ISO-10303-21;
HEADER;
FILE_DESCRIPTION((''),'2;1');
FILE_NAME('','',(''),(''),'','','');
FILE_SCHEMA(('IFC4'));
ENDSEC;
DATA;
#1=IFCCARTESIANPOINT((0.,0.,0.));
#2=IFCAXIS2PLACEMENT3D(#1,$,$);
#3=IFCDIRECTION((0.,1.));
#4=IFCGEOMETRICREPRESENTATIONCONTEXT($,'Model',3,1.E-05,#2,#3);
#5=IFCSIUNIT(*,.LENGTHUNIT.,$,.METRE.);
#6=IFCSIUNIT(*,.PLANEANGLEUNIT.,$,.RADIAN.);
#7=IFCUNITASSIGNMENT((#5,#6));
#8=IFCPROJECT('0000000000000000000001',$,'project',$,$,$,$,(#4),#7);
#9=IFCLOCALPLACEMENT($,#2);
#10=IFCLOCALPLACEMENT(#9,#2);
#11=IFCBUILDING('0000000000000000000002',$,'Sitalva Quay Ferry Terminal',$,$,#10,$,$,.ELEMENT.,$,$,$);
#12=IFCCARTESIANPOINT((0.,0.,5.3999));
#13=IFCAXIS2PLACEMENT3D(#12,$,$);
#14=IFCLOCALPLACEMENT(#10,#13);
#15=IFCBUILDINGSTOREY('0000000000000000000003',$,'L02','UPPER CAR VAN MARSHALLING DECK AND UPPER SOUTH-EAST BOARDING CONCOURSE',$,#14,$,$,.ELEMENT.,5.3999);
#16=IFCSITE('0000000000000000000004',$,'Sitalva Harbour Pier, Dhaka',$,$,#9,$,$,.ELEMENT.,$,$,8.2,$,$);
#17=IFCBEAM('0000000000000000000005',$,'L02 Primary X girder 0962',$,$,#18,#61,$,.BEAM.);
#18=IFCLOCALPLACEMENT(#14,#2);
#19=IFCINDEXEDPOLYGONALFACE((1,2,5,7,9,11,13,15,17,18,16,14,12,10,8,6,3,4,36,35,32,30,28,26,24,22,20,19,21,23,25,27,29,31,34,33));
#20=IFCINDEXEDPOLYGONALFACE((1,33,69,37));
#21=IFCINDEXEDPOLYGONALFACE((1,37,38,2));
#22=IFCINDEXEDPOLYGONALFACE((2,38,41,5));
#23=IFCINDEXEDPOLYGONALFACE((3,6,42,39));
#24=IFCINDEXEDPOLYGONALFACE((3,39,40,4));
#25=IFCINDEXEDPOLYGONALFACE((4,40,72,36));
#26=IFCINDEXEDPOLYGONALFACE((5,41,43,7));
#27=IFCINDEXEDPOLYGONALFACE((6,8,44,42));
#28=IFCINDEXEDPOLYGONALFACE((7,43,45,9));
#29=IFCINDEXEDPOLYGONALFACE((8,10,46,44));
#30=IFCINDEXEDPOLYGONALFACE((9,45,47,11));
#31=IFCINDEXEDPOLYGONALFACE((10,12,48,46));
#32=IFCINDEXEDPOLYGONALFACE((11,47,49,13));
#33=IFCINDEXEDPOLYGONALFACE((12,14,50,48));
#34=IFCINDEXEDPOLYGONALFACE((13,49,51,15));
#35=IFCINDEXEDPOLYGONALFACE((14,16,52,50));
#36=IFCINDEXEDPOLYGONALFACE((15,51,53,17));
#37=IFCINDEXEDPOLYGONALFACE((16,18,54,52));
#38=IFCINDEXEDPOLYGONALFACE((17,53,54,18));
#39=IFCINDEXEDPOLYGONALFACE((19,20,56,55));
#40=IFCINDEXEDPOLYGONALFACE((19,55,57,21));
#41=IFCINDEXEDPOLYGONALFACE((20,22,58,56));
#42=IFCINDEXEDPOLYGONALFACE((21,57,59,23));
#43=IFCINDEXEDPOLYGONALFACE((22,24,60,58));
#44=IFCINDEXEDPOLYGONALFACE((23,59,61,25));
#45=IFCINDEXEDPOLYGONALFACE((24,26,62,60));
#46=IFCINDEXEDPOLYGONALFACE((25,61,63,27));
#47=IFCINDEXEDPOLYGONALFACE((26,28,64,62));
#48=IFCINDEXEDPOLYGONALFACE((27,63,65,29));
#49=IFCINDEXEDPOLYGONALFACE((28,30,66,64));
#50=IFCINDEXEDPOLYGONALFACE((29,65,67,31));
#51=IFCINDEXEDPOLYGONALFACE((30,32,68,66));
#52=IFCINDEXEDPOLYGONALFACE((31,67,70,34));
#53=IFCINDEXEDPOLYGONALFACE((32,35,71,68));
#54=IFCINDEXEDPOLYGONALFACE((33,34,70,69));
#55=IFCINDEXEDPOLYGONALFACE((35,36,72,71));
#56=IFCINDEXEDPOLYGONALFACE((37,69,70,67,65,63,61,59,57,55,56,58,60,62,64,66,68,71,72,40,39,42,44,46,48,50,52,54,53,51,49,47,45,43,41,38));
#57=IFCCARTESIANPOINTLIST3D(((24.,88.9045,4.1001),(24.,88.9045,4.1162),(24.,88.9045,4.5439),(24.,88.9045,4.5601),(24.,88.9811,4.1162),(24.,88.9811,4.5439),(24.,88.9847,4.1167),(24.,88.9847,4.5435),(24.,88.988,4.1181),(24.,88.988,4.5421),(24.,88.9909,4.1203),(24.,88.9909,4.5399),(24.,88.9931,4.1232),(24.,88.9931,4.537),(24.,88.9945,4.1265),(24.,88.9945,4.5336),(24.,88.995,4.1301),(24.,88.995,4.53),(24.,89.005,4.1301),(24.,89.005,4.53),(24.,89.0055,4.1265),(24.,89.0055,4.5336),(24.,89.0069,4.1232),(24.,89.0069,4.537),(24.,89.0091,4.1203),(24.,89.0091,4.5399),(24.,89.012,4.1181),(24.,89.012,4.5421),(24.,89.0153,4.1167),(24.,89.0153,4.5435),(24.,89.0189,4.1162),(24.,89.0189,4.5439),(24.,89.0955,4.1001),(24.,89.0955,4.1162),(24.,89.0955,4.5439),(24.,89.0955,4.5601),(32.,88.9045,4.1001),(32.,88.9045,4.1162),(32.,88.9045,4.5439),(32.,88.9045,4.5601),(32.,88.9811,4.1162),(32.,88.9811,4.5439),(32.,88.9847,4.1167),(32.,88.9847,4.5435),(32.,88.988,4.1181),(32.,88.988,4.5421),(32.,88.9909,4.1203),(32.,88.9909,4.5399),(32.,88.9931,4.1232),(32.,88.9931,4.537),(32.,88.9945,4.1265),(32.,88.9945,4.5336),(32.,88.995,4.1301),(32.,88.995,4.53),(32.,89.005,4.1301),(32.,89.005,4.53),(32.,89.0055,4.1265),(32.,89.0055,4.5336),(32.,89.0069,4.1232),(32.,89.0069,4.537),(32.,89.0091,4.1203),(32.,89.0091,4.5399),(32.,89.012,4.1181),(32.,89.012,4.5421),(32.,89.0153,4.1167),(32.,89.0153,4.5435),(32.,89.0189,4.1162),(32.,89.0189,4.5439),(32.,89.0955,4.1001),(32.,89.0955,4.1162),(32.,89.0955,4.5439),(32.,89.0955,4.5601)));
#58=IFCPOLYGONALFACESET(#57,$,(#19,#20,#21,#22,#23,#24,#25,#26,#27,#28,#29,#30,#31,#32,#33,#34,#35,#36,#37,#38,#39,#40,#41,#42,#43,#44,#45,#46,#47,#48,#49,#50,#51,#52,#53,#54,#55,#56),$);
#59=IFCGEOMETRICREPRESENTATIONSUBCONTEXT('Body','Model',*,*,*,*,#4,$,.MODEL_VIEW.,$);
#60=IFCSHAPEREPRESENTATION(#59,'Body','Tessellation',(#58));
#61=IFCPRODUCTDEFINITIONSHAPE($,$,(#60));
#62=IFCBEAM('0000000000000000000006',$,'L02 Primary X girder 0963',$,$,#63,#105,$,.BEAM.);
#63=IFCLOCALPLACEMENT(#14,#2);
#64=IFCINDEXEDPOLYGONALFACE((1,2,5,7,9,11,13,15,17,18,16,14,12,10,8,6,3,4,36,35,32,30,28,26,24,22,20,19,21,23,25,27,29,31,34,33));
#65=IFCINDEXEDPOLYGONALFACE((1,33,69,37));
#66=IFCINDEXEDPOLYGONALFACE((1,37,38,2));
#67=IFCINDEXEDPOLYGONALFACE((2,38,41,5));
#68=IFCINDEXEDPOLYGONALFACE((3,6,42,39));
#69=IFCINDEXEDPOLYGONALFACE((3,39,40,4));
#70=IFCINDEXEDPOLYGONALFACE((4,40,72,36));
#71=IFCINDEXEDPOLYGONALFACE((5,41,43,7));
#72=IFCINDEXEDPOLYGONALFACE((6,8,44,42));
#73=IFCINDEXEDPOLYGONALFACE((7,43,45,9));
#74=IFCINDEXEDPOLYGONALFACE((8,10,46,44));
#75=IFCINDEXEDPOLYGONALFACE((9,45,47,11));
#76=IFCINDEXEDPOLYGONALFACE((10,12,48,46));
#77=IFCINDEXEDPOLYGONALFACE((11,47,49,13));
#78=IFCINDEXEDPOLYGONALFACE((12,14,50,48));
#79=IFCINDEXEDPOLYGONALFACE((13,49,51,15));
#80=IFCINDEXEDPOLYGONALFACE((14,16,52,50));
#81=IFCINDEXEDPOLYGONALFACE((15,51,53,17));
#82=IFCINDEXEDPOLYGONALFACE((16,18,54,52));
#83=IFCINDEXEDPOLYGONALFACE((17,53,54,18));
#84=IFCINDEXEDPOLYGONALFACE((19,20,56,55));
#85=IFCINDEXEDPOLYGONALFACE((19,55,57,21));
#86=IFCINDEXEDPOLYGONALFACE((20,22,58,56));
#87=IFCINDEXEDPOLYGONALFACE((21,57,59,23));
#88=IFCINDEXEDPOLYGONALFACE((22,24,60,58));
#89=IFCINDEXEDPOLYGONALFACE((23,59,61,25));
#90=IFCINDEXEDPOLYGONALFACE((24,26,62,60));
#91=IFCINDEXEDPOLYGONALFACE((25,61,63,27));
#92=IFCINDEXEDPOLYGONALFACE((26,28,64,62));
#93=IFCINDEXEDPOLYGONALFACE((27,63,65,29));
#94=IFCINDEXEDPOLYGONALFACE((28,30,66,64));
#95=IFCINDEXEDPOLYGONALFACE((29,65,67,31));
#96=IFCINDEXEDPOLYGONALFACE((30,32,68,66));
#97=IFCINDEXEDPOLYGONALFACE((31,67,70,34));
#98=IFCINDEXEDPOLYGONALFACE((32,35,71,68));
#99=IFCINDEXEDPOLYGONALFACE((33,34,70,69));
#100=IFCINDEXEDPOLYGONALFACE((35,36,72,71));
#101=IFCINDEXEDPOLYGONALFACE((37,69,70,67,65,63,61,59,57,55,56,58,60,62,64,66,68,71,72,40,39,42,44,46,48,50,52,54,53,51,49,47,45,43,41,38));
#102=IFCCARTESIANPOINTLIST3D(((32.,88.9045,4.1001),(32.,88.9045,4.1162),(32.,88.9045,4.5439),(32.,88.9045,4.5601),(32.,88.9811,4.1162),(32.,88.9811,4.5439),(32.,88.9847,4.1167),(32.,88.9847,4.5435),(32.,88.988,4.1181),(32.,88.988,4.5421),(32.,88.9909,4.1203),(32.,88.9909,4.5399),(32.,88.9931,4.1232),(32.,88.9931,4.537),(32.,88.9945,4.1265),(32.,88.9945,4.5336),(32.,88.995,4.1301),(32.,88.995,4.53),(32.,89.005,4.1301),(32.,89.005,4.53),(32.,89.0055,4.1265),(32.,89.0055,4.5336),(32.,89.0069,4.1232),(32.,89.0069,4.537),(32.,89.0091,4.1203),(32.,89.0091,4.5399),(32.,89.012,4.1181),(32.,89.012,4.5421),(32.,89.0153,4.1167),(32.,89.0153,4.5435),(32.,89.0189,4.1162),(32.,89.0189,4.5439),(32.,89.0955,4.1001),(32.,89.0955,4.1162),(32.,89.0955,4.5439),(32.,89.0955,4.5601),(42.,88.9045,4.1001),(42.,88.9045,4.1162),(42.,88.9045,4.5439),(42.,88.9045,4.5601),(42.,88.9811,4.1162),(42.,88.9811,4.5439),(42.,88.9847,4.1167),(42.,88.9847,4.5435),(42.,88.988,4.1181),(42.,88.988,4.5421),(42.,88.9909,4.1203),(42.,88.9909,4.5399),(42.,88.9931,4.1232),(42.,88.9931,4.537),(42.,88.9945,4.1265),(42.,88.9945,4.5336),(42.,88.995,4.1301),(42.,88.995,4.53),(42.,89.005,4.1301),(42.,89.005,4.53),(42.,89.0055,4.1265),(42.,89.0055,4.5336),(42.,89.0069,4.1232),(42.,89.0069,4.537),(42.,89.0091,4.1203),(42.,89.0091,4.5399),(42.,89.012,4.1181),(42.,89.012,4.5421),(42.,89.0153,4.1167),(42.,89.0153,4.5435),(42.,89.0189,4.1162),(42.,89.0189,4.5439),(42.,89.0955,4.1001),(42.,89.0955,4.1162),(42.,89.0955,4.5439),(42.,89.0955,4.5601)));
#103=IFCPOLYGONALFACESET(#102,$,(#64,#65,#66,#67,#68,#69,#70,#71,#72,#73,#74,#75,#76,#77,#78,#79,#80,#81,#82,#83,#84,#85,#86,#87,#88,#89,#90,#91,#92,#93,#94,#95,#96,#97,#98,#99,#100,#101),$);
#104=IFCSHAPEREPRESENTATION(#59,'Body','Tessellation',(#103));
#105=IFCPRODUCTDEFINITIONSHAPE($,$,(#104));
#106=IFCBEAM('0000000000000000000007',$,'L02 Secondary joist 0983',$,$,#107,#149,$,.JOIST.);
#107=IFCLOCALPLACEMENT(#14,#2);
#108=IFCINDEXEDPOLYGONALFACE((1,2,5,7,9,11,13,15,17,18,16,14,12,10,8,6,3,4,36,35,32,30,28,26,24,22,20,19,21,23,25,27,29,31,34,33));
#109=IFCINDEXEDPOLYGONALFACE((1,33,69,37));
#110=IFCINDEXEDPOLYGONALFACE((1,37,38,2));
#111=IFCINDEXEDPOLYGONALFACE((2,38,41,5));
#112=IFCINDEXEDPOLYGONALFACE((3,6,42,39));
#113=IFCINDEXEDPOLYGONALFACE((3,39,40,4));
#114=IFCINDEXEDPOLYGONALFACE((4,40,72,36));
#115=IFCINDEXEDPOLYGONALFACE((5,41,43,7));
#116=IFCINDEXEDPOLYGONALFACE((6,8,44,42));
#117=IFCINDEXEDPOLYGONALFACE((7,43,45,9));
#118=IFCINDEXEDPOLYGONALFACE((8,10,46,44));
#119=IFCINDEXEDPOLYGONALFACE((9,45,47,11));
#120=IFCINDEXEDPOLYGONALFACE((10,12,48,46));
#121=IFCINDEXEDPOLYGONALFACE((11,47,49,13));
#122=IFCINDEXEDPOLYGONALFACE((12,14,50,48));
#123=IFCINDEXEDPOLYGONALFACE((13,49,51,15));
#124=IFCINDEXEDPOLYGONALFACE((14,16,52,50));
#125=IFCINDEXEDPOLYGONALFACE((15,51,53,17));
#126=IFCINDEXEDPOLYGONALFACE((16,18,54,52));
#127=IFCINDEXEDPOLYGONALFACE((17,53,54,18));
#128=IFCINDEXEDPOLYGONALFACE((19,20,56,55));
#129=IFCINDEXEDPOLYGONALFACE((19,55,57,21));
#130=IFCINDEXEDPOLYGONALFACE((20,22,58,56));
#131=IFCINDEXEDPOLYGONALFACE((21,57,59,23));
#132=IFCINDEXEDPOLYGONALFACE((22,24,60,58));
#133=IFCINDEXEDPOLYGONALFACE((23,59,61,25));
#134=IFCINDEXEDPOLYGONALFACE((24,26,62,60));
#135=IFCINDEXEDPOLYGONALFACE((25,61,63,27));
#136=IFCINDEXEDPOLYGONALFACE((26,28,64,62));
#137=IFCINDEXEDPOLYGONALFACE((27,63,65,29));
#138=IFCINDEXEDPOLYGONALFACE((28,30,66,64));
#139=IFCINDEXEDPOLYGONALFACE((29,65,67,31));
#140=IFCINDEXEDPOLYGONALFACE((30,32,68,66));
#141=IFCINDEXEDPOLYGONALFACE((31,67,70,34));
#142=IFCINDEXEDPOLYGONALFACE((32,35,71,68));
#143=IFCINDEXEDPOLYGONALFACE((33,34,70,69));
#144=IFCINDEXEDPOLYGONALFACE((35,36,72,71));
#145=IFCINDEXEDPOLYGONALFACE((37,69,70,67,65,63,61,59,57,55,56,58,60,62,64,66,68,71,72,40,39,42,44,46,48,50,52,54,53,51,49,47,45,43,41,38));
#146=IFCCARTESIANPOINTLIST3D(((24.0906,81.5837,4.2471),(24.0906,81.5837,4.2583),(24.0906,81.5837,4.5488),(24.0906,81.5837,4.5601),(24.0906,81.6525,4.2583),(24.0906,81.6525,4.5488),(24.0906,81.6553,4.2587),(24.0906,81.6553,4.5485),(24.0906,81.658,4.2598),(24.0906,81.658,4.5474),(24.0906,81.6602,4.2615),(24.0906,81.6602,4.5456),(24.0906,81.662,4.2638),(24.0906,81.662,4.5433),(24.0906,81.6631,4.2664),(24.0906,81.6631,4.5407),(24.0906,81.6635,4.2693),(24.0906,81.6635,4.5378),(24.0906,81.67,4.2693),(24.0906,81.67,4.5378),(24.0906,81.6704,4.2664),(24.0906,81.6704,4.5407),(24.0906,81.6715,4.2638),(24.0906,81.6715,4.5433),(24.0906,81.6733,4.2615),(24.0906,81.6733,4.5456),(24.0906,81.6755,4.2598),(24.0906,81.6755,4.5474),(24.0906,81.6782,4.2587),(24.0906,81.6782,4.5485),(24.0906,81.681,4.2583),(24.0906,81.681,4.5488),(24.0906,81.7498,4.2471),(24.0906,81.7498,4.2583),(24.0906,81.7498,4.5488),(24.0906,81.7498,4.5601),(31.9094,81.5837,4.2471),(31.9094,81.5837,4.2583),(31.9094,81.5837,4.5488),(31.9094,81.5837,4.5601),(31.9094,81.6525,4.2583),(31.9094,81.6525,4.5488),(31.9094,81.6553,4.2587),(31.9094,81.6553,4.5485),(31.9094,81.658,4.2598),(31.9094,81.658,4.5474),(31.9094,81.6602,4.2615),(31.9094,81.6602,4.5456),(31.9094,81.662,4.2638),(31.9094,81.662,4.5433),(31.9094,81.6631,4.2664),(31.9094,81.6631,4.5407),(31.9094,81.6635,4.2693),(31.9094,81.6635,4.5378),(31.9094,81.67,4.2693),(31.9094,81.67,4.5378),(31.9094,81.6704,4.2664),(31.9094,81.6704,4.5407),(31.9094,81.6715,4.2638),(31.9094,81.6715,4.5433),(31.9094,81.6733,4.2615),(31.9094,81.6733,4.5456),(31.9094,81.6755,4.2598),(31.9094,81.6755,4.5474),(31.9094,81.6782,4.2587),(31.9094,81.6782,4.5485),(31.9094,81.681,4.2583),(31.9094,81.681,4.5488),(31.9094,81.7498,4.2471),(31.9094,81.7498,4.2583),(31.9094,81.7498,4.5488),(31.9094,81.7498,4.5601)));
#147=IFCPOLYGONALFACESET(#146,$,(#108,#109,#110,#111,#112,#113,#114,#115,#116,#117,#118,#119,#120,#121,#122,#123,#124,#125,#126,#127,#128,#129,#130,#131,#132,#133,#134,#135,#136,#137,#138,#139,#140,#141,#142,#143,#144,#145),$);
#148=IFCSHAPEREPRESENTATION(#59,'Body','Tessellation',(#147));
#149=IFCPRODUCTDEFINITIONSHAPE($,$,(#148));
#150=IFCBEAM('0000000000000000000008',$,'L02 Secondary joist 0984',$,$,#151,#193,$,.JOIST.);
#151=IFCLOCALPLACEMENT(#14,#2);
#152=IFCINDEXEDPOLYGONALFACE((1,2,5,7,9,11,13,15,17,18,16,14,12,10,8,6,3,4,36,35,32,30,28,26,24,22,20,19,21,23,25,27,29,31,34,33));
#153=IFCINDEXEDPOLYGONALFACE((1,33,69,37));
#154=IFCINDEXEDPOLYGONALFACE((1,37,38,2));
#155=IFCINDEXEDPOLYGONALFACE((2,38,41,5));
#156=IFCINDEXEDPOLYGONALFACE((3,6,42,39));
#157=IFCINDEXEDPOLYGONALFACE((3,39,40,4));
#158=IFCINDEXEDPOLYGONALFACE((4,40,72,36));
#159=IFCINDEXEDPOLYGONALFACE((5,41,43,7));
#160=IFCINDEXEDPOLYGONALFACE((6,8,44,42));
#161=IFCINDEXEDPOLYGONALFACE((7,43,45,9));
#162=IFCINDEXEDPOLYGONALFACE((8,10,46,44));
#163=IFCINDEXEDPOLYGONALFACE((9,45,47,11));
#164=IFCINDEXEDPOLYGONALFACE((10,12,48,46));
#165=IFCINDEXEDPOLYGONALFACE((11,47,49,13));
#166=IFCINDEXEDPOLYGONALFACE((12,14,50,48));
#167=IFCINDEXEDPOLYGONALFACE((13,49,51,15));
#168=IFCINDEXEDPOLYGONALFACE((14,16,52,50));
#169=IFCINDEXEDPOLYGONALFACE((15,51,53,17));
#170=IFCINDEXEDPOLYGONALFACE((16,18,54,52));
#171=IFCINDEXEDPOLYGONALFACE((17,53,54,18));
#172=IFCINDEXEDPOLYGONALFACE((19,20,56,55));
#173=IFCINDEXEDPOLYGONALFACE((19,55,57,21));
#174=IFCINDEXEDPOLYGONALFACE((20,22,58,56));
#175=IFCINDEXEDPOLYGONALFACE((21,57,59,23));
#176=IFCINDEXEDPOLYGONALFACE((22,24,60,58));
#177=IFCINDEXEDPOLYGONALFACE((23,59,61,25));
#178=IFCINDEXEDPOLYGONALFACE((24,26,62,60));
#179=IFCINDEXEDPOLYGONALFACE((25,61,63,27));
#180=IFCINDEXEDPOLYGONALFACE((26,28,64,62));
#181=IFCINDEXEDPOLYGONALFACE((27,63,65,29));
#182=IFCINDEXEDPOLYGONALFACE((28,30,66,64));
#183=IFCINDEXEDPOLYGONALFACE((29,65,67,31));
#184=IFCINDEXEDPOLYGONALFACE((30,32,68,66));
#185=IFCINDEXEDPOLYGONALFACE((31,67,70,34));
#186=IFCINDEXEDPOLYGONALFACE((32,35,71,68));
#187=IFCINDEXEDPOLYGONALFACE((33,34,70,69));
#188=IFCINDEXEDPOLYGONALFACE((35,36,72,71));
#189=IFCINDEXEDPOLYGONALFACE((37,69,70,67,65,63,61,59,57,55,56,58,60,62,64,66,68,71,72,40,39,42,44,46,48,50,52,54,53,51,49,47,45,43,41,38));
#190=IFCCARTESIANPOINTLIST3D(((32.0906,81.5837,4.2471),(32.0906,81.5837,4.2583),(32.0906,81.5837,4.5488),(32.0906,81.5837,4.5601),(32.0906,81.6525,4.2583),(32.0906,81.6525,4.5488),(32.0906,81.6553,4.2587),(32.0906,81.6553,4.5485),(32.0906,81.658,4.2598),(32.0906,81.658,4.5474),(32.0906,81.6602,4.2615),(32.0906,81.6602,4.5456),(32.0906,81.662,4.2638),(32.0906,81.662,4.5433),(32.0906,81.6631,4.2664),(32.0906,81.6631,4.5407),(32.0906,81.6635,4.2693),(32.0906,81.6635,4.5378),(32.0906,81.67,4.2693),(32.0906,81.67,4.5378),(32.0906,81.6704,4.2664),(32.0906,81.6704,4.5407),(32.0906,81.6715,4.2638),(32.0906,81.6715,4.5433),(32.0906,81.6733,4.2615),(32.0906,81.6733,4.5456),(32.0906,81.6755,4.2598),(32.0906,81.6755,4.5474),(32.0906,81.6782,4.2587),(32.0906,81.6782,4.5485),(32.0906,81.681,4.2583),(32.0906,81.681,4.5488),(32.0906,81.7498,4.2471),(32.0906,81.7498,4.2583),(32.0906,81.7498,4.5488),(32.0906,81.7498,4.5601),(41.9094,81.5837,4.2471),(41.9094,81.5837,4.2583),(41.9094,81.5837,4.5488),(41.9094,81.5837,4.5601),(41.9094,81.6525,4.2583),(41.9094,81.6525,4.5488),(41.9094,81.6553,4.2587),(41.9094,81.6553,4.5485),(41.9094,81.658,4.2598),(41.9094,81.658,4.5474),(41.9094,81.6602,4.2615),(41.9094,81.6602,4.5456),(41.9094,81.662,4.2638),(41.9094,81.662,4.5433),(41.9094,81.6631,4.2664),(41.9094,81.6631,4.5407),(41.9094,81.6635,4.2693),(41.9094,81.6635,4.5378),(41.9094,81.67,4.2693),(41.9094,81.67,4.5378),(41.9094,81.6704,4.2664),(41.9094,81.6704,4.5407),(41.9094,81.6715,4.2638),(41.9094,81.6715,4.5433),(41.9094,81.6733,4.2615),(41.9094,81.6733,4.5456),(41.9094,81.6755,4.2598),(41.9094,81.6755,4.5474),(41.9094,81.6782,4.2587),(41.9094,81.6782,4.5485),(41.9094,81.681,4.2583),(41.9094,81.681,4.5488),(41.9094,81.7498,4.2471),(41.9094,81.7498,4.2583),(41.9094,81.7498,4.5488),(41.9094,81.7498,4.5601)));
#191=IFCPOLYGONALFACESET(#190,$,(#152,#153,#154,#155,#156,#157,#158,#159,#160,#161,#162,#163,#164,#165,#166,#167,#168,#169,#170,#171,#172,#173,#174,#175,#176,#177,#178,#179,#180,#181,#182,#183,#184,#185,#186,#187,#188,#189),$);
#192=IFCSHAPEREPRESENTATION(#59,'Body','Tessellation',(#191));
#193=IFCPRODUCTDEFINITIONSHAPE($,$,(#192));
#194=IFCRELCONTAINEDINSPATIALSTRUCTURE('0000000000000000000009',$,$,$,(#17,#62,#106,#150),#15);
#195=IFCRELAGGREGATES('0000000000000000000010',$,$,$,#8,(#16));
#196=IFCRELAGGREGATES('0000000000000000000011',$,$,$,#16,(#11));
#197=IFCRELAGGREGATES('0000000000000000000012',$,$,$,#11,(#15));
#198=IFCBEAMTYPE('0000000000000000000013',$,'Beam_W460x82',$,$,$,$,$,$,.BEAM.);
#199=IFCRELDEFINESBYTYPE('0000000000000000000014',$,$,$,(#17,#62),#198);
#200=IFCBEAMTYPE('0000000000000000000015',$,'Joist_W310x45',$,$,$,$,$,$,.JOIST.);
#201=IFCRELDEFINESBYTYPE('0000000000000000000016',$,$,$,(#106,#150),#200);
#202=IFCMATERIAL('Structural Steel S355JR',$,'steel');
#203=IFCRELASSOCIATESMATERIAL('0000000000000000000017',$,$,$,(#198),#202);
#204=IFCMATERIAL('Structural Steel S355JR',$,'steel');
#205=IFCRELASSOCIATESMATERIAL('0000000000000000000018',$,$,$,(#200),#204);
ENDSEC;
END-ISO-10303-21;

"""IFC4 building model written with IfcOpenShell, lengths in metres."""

from ifc_helpers import new_model, si_unit, direction, frame, origin, origin_2d, place, context, subcontext, project, spatial, i_section, extrude, material, material_profile, profile_set, type_object, element, save


model = new_model("IFC4")

# Units and contexts
model_context = context("Model", 3, precision=1e-05, world=origin(), true_north=direction((0.0, 1.0)))
body_context = subcontext(model_context, "Body", "Model", "MODEL_VIEW")
ifc_project = project(units=[si_unit("LENGTHUNIT", "METRE"), si_unit("PLANEANGLEUNIT", "RADIAN")], contexts=[model_context])

# Site, building, storey
site_placement = place(None, origin())
site = spatial("IfcSite", under=ifc_project, at=site_placement, Name="Sitalva Harbour Pier, Dhaka", CompositionType="ELEMENT", RefElevation=8.2)
building_placement = place(site_placement, origin())
building = spatial("IfcBuilding", under=site, at=building_placement, Name="Sitalva Quay Ferry Terminal", CompositionType="ELEMENT")
storey_placement = place(building_placement, frame((0.0, 0.0, 5.3999)))
storey = spatial("IfcBuildingStorey", under=building, at=storey_placement, Name="L02", Description="UPPER CAR VAN MARSHALLING DECK AND UPPER SOUTH-EAST BOARDING CONCOURSE", CompositionType="ELEMENT", Elevation=5.3999)

# Beams
ifc_material_1 = material(Name="Structural Steel S355JR", Category="steel")
ifc_material_profile_1 = material_profile(ifc_material_1, i_section(OverallWidth=0.1909, OverallDepth=0.46, WebThickness=0.01, FlangeThickness=0.0161, FilletRadius=0.0139, at=origin_2d()), Name="W460x82")
ifc_profile_set_1 = profile_set([ifc_material_profile_1], Name="Structural Steel S355JR")
beam_type_1 = type_object("IfcBeamType", Name="Beam_W460x82", PredefinedType="BEAM", material=ifc_profile_set_1)
beam_1_placement = place(storey_placement, frame((24.0, 89.0, 4.3301), z_axis=(1.0, 0.0, 0.0), x_axis=(0.0, 1.0, 0.0)))
element("IfcBeam", 1, at=beam_1_placement, inside=storey, type_object=beam_type_1, Name="L02 Primary X girder 0962", PredefinedType="BEAM", context=body_context, shape_type="SweptSolid", body=[
    extrude(i_section(OverallWidth=0.1909, OverallDepth=0.46, WebThickness=0.01, FlangeThickness=0.0161, FilletRadius=0.0139, at=origin_2d()), origin(), (0.0, 0.0, 1.0), 8.0),
])
beam_2_placement = place(storey_placement, frame((32.0, 89.0, 4.3301), z_axis=(1.0, 0.0, 0.0), x_axis=(0.0, 1.0, 0.0)))
element("IfcBeam", 2, at=beam_2_placement, inside=storey, type_object=beam_type_1, Name="L02 Primary X girder 0963", PredefinedType="BEAM", context=body_context, shape_type="SweptSolid", body=[
    extrude(i_section(OverallWidth=0.1909, OverallDepth=0.46, WebThickness=0.01, FlangeThickness=0.0161, FilletRadius=0.0139, at=origin_2d()), origin(), (0.0, 0.0, 1.0), 10.0),
])
ifc_material_2 = material(Name="Structural Steel S355JR", Category="steel")
ifc_material_profile_2 = material_profile(ifc_material_2, i_section(OverallWidth=0.166, OverallDepth=0.313, WebThickness=0.0066, FlangeThickness=0.0112, FilletRadius=0.011, at=origin_2d()), Name="W310x45")
ifc_profile_set_2 = profile_set([ifc_material_profile_2], Name="Structural Steel S355JR")
beam_type_2 = type_object("IfcBeamType", Name="Joist_W310x45", PredefinedType="JOIST", material=ifc_profile_set_2)
beam_3_placement = place(storey_placement, frame((24.0906, 81.6667, 4.4036), z_axis=(1.0, 0.0, 0.0), x_axis=(0.0, 1.0, 0.0)))
element("IfcBeam", 3, at=beam_3_placement, inside=storey, type_object=beam_type_2, Name="L02 Secondary joist 0983", PredefinedType="JOIST", context=body_context, shape_type="SweptSolid", body=[
    extrude(i_section(OverallWidth=0.166, OverallDepth=0.313, WebThickness=0.0066, FlangeThickness=0.0112, FilletRadius=0.011, at=origin_2d()), origin(), (0.0, 0.0, 1.0), 7.8188),
])
beam_4_placement = place(storey_placement, frame((32.0906, 81.6667, 4.4036), z_axis=(1.0, 0.0, 0.0), x_axis=(0.0, 1.0, 0.0)))
element("IfcBeam", 4, at=beam_4_placement, inside=storey, type_object=beam_type_2, Name="L02 Secondary joist 0984", PredefinedType="JOIST", context=body_context, shape_type="SweptSolid", body=[
    extrude(i_section(OverallWidth=0.166, OverallDepth=0.313, WebThickness=0.0066, FlangeThickness=0.0112, FilletRadius=0.011, at=origin_2d()), origin(), (0.0, 0.0, 1.0), 9.8188),
])

save(model, "model.ifc")
